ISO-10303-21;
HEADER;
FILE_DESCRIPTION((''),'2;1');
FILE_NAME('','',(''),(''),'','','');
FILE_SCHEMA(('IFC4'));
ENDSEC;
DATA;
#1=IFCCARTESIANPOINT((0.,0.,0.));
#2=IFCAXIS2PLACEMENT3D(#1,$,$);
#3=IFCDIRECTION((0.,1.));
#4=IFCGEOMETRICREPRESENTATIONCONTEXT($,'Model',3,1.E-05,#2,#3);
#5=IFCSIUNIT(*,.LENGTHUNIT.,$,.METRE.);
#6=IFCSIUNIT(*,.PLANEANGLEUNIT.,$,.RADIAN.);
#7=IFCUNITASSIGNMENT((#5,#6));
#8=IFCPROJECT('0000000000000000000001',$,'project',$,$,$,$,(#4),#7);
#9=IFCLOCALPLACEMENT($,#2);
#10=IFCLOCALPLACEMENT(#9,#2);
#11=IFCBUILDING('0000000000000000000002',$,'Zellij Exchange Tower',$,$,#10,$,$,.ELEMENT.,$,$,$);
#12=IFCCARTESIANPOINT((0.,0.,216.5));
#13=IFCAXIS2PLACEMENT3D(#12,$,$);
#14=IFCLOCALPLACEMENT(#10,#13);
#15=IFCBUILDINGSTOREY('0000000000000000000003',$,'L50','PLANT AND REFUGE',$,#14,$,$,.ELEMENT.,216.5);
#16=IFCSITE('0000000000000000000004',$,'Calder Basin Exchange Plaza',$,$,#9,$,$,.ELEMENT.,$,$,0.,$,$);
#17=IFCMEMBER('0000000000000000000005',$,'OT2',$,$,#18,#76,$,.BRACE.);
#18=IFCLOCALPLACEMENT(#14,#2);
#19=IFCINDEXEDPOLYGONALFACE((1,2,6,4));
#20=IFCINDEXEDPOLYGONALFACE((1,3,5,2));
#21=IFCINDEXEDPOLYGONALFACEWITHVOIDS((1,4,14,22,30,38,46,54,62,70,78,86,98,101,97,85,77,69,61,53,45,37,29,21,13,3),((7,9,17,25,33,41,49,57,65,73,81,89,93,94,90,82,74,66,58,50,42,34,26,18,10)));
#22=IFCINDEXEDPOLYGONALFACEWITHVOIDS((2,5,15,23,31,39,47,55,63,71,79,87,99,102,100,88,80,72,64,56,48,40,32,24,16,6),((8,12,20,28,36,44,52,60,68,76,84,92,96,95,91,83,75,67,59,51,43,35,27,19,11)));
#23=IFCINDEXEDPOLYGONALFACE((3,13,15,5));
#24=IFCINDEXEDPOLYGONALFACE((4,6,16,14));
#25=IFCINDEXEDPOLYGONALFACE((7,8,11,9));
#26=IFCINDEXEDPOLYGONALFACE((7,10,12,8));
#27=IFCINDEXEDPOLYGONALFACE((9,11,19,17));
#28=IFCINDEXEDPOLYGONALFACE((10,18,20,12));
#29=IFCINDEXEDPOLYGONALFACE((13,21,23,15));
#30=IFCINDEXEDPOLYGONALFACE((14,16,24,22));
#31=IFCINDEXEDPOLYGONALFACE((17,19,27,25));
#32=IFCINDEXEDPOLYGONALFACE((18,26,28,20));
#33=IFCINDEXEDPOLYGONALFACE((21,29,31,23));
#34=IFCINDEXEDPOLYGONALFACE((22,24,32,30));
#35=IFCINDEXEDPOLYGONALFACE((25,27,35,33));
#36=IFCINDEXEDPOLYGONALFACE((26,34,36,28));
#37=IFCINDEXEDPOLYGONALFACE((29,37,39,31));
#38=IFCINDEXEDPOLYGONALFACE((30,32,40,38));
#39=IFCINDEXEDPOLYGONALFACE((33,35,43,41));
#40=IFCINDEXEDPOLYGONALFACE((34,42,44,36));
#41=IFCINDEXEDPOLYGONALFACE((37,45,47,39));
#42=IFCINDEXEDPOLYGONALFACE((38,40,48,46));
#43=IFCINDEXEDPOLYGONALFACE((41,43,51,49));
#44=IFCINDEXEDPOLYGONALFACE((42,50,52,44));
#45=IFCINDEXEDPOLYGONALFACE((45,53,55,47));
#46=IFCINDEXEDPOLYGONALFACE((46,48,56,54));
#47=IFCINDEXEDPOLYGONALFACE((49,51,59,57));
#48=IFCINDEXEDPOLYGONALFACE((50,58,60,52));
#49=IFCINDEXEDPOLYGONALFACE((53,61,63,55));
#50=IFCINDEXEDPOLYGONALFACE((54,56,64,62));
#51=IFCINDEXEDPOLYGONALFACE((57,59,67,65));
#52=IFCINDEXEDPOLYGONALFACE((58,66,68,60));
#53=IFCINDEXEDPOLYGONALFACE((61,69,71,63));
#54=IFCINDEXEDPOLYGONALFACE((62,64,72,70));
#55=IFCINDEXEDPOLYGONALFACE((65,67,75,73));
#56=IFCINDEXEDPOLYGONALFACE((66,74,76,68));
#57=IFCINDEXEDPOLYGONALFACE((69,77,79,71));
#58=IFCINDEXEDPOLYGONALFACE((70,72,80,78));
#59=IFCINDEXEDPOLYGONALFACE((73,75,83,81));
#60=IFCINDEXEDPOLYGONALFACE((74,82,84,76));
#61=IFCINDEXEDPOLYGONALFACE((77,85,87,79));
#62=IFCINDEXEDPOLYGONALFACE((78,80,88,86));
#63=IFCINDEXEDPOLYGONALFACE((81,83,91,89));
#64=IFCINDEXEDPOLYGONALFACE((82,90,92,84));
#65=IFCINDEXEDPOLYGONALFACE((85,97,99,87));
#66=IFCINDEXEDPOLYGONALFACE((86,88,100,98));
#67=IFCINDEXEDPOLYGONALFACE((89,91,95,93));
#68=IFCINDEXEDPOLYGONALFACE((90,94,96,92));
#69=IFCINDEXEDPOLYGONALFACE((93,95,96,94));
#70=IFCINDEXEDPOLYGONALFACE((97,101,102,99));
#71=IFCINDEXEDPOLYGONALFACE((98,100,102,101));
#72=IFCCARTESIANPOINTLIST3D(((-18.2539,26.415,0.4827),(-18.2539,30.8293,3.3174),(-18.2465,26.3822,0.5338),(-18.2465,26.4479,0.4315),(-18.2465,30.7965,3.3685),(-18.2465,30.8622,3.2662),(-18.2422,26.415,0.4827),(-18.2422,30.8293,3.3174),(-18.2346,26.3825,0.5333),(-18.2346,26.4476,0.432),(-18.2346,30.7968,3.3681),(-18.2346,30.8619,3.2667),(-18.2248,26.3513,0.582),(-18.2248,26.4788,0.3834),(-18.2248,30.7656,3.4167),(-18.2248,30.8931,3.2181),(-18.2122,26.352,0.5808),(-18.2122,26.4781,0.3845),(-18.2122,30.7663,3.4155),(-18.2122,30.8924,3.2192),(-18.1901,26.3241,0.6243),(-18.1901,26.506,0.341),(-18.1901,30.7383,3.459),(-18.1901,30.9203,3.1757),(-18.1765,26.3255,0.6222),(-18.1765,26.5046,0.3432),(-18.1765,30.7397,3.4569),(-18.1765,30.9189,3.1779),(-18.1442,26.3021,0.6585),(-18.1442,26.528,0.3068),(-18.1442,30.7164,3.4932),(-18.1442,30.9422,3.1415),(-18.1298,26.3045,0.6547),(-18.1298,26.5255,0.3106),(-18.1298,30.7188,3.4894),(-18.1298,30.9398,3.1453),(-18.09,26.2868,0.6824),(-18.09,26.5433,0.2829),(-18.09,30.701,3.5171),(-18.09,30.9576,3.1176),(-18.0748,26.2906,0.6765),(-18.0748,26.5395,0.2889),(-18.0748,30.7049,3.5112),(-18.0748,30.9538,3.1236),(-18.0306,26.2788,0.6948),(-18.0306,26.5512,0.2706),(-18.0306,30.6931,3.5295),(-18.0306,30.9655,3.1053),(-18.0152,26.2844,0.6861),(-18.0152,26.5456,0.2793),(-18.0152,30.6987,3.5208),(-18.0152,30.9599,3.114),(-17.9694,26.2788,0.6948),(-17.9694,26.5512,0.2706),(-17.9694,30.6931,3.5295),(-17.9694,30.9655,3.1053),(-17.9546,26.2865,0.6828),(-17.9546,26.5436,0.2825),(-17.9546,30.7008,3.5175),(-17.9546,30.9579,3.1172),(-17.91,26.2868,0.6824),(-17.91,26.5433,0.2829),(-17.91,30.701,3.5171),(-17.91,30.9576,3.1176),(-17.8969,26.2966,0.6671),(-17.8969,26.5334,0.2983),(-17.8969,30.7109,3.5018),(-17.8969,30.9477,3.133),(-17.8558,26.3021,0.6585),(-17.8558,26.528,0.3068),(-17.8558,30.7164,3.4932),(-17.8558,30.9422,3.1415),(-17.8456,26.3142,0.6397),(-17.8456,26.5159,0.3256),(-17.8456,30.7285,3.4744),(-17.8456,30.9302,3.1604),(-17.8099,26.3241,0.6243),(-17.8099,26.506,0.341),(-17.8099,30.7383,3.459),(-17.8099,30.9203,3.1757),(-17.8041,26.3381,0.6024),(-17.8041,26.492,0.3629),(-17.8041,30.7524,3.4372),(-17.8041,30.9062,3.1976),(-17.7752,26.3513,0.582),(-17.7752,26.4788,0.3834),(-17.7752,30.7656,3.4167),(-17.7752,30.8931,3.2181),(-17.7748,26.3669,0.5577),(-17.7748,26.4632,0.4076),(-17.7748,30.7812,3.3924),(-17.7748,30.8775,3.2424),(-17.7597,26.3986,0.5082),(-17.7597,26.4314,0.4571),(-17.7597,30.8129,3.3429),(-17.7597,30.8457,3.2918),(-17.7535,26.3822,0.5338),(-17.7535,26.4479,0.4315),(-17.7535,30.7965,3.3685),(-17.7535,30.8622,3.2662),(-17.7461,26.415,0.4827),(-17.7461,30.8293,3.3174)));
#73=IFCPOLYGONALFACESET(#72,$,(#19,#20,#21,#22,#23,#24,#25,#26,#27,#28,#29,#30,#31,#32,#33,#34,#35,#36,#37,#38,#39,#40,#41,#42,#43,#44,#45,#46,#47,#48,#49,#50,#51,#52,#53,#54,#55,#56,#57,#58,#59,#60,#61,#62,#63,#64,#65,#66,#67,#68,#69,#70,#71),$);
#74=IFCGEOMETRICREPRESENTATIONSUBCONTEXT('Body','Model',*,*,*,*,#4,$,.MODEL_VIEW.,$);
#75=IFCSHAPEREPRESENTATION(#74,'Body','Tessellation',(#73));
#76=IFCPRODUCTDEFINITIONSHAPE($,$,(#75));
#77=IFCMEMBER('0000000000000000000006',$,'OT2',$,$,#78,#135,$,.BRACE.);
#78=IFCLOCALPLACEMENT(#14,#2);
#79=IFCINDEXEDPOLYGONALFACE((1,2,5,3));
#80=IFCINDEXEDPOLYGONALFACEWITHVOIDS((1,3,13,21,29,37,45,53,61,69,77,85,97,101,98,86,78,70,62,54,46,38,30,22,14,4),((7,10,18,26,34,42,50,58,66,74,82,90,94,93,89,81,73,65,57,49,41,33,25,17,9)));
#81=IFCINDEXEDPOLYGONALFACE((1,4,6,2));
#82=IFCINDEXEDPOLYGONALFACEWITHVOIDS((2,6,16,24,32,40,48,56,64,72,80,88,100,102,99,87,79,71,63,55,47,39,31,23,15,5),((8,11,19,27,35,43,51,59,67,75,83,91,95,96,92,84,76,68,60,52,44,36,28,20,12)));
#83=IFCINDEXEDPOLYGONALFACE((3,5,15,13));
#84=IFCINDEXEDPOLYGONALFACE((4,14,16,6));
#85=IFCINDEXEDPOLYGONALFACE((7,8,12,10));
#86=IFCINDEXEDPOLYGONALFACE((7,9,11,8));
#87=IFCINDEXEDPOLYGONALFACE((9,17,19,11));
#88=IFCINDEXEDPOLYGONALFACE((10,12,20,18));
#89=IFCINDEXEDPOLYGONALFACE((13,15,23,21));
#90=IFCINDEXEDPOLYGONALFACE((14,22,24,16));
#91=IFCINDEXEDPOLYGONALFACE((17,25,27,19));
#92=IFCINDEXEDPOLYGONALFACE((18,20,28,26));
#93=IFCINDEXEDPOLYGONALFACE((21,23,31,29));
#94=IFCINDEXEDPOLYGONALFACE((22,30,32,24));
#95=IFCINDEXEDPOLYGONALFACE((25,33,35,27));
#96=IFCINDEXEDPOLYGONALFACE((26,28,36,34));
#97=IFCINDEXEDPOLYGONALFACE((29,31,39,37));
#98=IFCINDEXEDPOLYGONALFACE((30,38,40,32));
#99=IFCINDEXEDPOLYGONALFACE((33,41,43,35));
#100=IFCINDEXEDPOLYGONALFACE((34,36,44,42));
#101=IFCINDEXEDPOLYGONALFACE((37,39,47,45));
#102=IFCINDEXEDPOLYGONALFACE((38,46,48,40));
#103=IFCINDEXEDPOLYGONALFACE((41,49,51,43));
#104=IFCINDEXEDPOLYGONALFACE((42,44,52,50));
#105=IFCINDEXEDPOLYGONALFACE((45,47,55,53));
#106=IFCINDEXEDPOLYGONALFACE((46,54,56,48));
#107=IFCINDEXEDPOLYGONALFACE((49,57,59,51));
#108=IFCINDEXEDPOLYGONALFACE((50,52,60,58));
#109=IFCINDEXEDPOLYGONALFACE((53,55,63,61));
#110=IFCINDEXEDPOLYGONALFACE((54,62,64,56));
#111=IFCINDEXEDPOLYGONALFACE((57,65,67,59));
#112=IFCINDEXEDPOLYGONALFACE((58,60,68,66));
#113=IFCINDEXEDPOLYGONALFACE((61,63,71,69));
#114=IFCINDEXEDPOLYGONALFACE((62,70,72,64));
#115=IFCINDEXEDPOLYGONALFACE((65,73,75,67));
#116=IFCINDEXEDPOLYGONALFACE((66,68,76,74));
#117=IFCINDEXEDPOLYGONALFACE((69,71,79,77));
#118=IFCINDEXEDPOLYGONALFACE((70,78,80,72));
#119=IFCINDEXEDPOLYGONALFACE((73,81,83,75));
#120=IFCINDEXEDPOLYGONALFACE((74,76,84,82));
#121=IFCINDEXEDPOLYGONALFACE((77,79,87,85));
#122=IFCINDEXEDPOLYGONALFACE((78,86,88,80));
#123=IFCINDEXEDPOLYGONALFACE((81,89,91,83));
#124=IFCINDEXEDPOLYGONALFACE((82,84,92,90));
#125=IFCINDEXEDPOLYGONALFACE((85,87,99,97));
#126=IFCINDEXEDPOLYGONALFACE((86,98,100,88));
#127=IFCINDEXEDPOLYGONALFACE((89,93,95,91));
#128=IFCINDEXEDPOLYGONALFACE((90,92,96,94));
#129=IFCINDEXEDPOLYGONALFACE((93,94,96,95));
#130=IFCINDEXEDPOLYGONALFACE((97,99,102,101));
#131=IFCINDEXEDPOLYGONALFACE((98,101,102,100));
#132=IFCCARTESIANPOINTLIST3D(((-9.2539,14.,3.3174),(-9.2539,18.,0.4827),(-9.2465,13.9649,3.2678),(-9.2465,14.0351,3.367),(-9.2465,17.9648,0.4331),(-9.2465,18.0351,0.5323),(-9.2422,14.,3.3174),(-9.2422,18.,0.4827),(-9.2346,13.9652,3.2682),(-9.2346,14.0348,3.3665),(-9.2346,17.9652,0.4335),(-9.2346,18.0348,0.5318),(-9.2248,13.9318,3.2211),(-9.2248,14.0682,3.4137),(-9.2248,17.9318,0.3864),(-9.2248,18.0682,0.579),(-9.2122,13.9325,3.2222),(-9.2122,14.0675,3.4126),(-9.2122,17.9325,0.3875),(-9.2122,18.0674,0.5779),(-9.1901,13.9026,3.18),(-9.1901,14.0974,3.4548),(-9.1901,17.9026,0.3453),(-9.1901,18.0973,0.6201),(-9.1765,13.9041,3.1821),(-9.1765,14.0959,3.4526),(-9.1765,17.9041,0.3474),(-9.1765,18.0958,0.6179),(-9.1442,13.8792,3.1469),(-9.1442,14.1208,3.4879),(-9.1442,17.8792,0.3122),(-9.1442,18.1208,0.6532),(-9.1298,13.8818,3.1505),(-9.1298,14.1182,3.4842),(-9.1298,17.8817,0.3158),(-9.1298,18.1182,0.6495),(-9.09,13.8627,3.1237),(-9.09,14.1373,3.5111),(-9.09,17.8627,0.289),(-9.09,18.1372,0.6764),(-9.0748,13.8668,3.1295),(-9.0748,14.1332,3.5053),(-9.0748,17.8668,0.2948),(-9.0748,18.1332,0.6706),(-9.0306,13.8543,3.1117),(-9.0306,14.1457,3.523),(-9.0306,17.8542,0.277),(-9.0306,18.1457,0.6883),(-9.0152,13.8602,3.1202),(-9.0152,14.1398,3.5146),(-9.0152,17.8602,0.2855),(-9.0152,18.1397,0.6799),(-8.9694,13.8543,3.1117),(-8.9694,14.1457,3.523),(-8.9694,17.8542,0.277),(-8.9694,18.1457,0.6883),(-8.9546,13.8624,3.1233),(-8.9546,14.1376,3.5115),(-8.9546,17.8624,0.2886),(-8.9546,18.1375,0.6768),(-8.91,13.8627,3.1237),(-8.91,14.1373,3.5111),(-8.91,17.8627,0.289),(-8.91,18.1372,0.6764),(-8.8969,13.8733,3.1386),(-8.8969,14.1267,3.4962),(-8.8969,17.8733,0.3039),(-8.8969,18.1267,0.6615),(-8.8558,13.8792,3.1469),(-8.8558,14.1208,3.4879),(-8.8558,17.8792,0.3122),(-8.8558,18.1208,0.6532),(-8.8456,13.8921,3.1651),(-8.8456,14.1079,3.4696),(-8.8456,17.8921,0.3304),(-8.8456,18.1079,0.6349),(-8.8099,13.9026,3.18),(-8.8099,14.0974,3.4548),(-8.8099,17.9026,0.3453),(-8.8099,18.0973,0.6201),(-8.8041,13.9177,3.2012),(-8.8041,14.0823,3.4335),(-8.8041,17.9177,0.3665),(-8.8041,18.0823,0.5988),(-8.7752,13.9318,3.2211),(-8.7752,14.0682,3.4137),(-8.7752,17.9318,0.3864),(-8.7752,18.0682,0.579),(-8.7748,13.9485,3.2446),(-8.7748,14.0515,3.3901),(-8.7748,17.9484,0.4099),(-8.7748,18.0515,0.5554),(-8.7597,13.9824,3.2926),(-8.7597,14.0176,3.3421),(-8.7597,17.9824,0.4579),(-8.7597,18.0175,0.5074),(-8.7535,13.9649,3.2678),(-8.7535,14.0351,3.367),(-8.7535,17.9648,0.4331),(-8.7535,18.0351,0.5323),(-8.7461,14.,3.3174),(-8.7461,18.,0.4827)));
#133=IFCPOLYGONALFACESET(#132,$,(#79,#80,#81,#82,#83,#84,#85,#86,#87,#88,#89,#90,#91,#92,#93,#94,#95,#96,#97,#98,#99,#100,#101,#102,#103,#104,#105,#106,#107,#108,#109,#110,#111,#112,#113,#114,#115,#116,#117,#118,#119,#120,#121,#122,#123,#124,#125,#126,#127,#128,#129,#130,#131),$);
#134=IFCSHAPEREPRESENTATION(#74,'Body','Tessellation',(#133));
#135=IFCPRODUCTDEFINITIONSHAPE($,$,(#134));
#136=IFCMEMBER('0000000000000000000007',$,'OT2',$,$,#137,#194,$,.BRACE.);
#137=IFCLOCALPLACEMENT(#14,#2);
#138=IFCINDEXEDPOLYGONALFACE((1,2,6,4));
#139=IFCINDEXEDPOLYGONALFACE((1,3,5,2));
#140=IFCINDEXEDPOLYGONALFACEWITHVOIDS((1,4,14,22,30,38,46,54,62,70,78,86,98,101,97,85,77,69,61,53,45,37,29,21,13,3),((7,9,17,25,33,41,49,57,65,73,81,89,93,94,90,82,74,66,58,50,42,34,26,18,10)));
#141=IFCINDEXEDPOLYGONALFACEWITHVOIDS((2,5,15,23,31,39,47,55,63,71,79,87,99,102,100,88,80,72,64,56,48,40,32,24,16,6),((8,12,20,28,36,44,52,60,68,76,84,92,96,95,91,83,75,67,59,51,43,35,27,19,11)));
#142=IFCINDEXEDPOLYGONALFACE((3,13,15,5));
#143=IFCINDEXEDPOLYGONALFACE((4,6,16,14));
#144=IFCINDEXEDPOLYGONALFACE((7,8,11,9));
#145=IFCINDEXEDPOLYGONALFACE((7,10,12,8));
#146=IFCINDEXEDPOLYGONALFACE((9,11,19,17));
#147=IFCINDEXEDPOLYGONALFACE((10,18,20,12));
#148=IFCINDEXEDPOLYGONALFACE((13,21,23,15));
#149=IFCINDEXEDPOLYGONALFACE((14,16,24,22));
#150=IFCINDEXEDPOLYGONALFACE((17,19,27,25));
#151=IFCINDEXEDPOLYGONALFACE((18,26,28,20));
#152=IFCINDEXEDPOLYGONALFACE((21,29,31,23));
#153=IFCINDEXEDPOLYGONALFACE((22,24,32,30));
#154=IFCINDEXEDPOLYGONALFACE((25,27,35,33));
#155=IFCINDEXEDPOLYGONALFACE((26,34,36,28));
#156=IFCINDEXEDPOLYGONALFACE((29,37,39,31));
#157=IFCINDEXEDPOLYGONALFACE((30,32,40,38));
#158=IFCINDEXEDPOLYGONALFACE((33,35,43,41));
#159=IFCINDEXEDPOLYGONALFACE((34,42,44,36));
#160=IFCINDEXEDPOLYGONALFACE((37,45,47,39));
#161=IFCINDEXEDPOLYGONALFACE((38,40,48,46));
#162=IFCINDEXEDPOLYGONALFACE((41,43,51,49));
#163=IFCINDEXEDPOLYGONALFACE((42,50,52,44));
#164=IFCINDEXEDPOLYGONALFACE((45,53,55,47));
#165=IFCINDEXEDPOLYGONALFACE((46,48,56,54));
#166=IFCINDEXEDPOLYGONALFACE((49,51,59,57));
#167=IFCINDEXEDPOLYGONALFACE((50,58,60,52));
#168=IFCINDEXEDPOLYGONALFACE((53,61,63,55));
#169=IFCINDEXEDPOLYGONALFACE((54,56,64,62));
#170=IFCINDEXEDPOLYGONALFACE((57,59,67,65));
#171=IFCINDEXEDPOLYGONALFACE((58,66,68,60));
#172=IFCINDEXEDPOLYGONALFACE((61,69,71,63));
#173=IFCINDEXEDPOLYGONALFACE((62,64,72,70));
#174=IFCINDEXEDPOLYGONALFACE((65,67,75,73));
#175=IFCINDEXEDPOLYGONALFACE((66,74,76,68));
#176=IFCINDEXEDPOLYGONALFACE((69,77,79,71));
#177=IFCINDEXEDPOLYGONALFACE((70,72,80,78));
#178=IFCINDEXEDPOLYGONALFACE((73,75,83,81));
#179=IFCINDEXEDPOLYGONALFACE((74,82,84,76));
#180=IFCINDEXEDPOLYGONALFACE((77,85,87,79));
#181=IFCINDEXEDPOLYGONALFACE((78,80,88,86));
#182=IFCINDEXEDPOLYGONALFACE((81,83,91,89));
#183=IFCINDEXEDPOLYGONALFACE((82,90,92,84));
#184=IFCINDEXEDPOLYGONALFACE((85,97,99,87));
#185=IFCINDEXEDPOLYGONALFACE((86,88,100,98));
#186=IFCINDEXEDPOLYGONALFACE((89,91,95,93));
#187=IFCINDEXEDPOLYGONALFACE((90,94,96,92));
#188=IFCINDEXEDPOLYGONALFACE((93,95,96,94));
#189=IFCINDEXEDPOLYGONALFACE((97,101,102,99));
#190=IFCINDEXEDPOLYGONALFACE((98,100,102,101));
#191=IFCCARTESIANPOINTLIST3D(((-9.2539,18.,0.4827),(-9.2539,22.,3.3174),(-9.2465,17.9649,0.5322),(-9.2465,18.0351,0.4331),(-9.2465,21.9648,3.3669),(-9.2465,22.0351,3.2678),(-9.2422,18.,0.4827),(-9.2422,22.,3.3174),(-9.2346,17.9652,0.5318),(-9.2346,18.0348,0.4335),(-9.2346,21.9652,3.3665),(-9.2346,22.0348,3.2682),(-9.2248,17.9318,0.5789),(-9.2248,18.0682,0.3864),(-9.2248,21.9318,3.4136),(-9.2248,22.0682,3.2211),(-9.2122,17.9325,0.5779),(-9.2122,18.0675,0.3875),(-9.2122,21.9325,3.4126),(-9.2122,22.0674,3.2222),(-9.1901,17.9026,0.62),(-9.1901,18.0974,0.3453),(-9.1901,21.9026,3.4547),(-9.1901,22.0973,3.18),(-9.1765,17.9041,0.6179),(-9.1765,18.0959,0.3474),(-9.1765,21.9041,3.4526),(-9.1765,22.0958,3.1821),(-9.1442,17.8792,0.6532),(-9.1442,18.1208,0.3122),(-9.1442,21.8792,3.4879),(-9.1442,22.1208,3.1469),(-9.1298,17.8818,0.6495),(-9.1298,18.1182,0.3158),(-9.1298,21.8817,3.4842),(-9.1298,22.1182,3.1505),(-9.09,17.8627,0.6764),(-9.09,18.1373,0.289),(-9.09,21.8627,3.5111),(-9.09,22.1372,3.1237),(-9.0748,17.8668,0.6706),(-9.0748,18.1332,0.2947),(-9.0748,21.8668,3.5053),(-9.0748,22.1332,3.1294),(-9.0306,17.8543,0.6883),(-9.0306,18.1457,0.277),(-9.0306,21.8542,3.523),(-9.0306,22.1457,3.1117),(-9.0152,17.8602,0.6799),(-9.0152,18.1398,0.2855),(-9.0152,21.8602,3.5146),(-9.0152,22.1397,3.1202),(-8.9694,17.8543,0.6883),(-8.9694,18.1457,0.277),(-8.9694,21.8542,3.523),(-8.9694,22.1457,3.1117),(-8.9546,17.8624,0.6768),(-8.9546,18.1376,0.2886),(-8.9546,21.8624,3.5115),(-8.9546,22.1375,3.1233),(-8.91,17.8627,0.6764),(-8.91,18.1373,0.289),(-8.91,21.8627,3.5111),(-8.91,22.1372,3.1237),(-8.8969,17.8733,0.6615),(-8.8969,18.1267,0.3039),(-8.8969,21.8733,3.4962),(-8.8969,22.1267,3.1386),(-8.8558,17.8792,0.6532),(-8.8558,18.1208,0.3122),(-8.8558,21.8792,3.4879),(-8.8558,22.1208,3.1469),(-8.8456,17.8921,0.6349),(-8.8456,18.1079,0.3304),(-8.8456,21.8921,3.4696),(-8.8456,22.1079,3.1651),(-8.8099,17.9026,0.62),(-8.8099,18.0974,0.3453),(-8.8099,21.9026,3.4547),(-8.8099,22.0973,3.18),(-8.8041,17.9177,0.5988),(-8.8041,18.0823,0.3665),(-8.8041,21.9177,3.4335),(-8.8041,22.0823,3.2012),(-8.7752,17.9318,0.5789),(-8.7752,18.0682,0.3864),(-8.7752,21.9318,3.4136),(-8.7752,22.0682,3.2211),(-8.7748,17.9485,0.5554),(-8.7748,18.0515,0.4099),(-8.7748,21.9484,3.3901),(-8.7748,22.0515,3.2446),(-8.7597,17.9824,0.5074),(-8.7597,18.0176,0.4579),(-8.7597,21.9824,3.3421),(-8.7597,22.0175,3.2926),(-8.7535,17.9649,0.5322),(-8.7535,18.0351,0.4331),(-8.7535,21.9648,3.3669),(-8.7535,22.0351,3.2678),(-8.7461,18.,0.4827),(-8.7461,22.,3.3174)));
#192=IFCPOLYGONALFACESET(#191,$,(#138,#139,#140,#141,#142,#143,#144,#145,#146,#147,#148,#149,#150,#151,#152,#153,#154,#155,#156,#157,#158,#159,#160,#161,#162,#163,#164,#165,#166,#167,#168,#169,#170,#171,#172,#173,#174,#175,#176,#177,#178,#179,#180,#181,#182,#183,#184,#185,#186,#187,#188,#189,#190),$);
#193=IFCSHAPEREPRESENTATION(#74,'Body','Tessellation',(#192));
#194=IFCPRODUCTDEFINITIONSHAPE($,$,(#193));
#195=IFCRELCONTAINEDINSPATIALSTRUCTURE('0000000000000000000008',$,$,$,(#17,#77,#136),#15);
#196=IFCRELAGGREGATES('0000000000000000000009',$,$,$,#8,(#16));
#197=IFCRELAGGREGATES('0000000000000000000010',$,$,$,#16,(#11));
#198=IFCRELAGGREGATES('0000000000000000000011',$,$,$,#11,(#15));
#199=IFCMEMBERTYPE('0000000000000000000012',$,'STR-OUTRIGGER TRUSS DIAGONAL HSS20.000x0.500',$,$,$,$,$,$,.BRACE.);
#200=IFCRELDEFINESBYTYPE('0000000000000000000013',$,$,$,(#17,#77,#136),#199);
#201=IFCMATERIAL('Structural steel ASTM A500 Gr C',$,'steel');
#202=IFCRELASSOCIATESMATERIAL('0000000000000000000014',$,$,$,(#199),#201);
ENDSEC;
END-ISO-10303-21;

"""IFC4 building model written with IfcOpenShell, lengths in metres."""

from ifc_helpers import new_model, si_unit, direction, frame, origin, origin_2d, place, context, subcontext, project, spatial, hollow_circle, extrude, material, material_profile, profile_set, type_object, element, save


model = new_model("IFC4")

# Units and contexts
model_context = context("Model", 3, precision=1e-05, world=origin(), true_north=direction((0.0, 1.0)))
body_context = subcontext(model_context, "Body", "Model", "MODEL_VIEW")
ifc_project = project(units=[si_unit("LENGTHUNIT", "METRE"), si_unit("PLANEANGLEUNIT", "RADIAN")], contexts=[model_context])

# Site, building, storey
site_placement = place(None, origin())
site = spatial("IfcSite", under=ifc_project, at=site_placement, Name="Calder Basin Exchange Plaza", CompositionType="ELEMENT", RefElevation=0.0)
building_placement = place(site_placement, origin())
building = spatial("IfcBuilding", under=site, at=building_placement, Name="Zellij Exchange Tower", CompositionType="ELEMENT")
storey_placement = place(building_placement, frame((0.0, 0.0, 216.5)))
storey = spatial("IfcBuildingStorey", under=building, at=storey_placement, Name="L50", Description="PLANT AND REFUGE", CompositionType="ELEMENT", Elevation=216.5)

# Members
ifc_material_1 = material(Name="Structural steel ASTM A500 Gr C", Category="steel")
ifc_material_profile_1 = material_profile(ifc_material_1, hollow_circle(Radius=0.2539, WallThickness=0.0117, at=origin_2d()), Name="STR-OUTRIGGER TRUSS DIAGONAL HSS20.000x0.500")
ifc_profile_set_1 = profile_set([ifc_material_profile_1], Name="Structural steel ASTM A500 Gr C")
member_type_1 = type_object("IfcMemberType", Name="STR-OUTRIGGER TRUSS DIAGONAL HSS20.000x0.500", PredefinedType="BRACE", material=ifc_profile_set_1)
member_1_placement = place(storey_placement, frame((-18.0, 26.415, 0.4827), z_axis=(0.0, 0.841443, 0.540346), x_axis=(-1.0, 0.0, 0.0)))
element("IfcMember", 1, at=member_1_placement, inside=storey, type_object=member_type_1, Name="OT2", PredefinedType="BRACE", context=body_context, shape_type="SweptSolid", body=[
    extrude(hollow_circle(Radius=0.2539, WallThickness=0.0117, at=origin_2d()), origin(), (0.0, 0.0, 1.0), 5.2461),
])
for number, where, z_axis, x_axis, name in (
    (2, (-9.0, 14.0, 3.3174), (0.0, 0.815891, -0.578205), (-1.0, 0.0, 0.0), "OT2"),
    (3, (-9.0, 18.0, 0.4827), (0.0, 0.815891, 0.578205), (-1.0, 0.0, 0.0), "OT2"),
):
    element("IfcMember", number, at=place(storey_placement, frame(where, z_axis=z_axis, x_axis=x_axis)), inside=storey, type_object=member_type_1, Name=name, PredefinedType="BRACE", context=body_context, shape_type="SweptSolid", body=[
        extrude(hollow_circle(Radius=0.2539, WallThickness=0.0117, at=origin_2d()), origin(), (0.0, 0.0, 1.0), 4.9026),
    ])

save(model, "model.ifc")
